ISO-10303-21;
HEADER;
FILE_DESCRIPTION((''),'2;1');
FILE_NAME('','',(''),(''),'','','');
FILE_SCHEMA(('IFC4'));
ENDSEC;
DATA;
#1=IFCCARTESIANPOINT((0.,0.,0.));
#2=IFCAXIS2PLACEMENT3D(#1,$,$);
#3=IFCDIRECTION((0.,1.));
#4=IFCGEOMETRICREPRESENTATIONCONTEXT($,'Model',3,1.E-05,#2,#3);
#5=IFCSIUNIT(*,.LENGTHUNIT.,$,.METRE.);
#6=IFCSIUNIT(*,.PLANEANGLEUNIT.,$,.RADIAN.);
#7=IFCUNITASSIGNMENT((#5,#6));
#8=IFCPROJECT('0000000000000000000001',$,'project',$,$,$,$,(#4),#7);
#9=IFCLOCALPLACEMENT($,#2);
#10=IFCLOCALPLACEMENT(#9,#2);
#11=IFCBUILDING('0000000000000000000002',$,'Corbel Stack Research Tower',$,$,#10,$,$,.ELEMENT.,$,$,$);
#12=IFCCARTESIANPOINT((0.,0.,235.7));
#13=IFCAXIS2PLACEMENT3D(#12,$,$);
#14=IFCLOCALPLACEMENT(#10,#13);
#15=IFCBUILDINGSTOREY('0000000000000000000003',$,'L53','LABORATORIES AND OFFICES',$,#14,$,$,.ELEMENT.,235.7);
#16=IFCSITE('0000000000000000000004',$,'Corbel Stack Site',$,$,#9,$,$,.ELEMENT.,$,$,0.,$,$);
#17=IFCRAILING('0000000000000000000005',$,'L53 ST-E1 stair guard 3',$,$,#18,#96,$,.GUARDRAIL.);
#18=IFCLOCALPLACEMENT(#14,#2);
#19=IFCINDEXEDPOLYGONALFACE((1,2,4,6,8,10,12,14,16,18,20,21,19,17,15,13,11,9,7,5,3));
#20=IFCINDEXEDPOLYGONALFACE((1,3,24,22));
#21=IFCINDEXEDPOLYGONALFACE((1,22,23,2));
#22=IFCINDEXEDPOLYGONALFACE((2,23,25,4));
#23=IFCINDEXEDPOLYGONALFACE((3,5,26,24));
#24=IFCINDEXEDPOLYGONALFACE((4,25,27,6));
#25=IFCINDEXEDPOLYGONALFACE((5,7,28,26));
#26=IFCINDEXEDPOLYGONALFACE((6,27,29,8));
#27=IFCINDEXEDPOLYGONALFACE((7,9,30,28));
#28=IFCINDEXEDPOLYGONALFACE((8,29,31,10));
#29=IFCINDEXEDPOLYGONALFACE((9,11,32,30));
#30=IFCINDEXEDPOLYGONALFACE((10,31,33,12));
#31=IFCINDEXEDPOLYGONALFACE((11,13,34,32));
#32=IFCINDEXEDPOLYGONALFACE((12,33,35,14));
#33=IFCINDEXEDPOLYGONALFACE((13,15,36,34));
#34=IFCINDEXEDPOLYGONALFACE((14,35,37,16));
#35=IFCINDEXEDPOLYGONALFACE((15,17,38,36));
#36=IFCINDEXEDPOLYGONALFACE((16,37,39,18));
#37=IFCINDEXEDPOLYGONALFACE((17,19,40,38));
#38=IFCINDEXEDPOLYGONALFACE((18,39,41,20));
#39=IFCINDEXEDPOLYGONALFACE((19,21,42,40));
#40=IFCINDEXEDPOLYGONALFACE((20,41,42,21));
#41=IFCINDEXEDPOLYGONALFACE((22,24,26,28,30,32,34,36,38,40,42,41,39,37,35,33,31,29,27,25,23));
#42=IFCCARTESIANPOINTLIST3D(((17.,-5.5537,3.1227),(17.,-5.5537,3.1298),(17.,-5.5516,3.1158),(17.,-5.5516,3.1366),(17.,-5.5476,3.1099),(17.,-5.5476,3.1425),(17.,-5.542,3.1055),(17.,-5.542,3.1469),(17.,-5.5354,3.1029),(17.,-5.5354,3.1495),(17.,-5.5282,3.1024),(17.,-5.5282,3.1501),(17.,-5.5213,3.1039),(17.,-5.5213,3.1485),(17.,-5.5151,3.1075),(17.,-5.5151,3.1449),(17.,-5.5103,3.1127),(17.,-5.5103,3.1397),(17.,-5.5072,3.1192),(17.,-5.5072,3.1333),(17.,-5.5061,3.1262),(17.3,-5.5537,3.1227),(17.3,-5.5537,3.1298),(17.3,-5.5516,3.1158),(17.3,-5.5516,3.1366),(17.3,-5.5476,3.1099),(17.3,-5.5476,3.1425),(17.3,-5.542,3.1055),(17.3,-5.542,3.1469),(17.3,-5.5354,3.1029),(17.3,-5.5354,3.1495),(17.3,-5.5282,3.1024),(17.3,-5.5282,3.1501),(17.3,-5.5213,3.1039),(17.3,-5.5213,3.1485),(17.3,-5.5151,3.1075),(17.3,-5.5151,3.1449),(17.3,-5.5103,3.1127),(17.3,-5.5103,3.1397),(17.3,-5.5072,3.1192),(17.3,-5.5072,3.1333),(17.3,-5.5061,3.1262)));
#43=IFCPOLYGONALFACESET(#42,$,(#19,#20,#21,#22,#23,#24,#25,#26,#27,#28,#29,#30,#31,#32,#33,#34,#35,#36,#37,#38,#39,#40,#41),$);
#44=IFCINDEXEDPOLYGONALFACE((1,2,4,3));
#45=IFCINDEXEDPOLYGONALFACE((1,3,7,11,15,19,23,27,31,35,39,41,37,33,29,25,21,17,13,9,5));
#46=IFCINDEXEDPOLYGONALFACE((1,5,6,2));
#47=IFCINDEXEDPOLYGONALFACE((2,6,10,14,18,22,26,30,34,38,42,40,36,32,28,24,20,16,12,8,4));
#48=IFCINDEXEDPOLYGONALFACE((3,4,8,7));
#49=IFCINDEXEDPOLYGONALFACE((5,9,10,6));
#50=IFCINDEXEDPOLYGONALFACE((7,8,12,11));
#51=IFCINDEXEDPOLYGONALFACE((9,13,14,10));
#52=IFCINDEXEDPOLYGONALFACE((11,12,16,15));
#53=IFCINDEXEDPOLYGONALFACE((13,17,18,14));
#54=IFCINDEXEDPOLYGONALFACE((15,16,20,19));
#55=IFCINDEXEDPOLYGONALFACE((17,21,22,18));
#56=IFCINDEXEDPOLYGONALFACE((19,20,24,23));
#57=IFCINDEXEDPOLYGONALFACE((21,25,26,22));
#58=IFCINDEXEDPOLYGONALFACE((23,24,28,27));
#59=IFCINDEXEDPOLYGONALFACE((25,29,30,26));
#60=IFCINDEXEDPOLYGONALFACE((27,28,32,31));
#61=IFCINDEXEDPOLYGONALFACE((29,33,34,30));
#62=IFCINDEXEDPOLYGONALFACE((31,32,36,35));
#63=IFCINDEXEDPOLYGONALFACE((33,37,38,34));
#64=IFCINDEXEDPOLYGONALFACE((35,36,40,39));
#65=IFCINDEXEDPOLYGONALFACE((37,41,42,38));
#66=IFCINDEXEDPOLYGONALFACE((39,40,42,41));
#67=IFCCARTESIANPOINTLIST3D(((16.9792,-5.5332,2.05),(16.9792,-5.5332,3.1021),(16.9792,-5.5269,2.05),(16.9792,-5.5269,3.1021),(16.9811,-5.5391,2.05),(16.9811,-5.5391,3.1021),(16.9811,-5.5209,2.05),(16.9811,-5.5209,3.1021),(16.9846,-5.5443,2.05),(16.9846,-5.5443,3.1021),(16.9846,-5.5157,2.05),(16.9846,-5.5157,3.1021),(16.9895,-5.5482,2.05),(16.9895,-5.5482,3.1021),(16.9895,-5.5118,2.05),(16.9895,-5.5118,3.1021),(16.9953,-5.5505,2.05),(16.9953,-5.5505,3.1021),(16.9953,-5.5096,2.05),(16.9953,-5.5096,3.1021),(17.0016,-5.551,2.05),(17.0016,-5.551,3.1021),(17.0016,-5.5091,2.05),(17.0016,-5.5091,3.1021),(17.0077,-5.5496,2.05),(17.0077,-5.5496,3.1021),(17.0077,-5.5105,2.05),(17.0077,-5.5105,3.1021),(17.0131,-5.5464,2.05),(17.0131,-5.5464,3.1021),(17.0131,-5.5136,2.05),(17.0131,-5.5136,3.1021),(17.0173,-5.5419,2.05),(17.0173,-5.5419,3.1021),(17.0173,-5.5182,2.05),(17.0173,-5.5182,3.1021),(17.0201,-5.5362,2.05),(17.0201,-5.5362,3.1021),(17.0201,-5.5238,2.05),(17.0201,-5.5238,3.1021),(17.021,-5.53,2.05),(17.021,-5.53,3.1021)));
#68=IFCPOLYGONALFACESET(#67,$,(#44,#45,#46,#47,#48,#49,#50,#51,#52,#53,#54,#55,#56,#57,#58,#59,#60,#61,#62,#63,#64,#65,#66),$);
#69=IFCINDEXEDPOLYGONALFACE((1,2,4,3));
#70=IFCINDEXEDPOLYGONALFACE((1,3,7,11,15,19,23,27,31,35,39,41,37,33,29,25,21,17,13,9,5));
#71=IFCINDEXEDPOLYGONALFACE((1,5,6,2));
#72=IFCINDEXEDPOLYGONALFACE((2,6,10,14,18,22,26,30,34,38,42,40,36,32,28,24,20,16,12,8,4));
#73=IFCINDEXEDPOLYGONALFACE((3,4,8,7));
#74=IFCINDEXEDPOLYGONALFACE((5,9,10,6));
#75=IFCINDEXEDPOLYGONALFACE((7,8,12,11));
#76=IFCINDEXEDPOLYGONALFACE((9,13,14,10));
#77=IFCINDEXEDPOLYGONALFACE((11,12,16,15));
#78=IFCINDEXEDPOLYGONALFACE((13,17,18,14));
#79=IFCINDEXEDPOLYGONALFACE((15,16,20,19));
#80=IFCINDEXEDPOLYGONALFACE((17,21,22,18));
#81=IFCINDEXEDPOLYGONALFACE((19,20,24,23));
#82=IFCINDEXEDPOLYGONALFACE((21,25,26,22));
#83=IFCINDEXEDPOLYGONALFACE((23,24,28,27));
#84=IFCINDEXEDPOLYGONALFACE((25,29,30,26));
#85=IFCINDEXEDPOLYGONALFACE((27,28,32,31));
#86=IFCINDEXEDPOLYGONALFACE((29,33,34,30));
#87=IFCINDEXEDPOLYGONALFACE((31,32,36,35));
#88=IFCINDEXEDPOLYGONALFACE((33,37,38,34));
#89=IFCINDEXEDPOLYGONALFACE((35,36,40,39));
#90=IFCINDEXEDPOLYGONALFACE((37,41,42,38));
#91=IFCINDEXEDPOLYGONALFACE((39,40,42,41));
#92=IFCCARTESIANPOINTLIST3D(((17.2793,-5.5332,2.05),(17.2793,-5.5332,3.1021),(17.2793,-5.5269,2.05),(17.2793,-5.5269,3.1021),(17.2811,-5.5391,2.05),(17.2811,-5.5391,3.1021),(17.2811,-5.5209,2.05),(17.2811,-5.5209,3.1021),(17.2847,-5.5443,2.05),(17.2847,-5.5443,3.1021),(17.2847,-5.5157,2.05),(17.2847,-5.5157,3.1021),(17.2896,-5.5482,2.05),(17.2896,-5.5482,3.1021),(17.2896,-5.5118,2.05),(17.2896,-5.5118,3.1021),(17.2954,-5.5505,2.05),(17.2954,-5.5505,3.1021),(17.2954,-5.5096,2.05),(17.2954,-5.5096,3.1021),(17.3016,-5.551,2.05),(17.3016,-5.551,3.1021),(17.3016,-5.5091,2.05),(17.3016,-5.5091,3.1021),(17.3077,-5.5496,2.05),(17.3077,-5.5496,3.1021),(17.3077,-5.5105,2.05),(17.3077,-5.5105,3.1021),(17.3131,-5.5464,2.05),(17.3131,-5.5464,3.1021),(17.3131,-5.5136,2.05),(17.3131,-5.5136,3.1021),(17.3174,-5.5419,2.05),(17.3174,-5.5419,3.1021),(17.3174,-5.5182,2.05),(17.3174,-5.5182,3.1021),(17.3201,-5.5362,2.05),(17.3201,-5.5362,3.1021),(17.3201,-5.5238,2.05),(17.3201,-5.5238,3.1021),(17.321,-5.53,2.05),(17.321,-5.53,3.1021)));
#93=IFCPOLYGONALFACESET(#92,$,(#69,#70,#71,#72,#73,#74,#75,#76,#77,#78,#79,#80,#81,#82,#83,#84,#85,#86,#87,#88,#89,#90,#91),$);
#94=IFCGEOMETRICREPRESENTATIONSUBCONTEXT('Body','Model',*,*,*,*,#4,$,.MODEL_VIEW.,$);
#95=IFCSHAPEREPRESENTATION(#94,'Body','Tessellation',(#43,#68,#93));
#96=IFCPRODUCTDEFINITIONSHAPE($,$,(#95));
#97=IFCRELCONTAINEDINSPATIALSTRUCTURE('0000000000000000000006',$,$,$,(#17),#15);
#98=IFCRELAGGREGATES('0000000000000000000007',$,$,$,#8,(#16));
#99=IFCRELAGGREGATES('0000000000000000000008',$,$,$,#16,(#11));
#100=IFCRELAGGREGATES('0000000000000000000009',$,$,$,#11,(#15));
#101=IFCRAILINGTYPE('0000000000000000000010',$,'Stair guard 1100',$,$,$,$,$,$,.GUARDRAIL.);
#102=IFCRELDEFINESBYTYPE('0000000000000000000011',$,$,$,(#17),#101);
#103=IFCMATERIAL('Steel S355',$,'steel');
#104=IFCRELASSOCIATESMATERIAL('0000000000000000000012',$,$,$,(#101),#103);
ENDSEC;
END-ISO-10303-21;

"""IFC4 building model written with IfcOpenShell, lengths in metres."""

from ifc_helpers import new_model, si_unit, direction, frame, origin, origin_2d, place, context, subcontext, project, spatial, circle, extrude, material, type_object, element, save


model = new_model("IFC4")

# Units and contexts
model_context = context("Model", 3, precision=1e-05, world=origin(), true_north=direction((0.0, 1.0)))
body_context = subcontext(model_context, "Body", "Model", "MODEL_VIEW")
ifc_project = project(units=[si_unit("LENGTHUNIT", "METRE"), si_unit("PLANEANGLEUNIT", "RADIAN")], contexts=[model_context])

# Site, building, storey
site_placement = place(None, origin())
site = spatial("IfcSite", under=ifc_project, at=site_placement, Name="Corbel Stack Site", CompositionType="ELEMENT", RefElevation=0.0)
building_placement = place(site_placement, origin())
building = spatial("IfcBuilding", under=site, at=building_placement, Name="Corbel Stack Research Tower", CompositionType="ELEMENT")
storey_placement = place(building_placement, frame((0.0, 0.0, 235.7)))
storey = spatial("IfcBuildingStorey", under=building, at=storey_placement, Name="L53", Description="LABORATORIES AND OFFICES", CompositionType="ELEMENT", Elevation=235.7)

# Railing
ifc_material_1 = material(Name="Steel S355", Category="steel")
railing_type_1 = type_object("IfcRailingType", Name="Stair guard 1100", PredefinedType="GUARDRAIL", material=ifc_material_1)
railing_1_placement = place(storey_placement, frame((17.0, -5.53, 2.05)))
element("IfcRailing", 1, at=railing_1_placement, inside=storey, type_object=railing_type_1, Name="L53 ST-E1 stair guard 3", PredefinedType="GUARDRAIL", context=body_context, shape_type="SweptSolid", body=[
    extrude(circle(Radius=0.0239, at=origin_2d()), frame((0.0, 0.0, 1.0762), z_axis=(1.0, 0.0, 0.0), x_axis=(0.0, 1.0, 0.0)), (0.0, 0.0, 1.0), 0.3),
    extrude(circle(Radius=0.021, at=origin_2d()), origin(), (0.0, 0.0, 1.0), 1.052),
    extrude(circle(Radius=0.021, at=origin_2d()), frame((0.3, 0.0, 0.0)), (0.0, 0.0, 1.0), 1.052),
])

save(model, "model.ifc")
